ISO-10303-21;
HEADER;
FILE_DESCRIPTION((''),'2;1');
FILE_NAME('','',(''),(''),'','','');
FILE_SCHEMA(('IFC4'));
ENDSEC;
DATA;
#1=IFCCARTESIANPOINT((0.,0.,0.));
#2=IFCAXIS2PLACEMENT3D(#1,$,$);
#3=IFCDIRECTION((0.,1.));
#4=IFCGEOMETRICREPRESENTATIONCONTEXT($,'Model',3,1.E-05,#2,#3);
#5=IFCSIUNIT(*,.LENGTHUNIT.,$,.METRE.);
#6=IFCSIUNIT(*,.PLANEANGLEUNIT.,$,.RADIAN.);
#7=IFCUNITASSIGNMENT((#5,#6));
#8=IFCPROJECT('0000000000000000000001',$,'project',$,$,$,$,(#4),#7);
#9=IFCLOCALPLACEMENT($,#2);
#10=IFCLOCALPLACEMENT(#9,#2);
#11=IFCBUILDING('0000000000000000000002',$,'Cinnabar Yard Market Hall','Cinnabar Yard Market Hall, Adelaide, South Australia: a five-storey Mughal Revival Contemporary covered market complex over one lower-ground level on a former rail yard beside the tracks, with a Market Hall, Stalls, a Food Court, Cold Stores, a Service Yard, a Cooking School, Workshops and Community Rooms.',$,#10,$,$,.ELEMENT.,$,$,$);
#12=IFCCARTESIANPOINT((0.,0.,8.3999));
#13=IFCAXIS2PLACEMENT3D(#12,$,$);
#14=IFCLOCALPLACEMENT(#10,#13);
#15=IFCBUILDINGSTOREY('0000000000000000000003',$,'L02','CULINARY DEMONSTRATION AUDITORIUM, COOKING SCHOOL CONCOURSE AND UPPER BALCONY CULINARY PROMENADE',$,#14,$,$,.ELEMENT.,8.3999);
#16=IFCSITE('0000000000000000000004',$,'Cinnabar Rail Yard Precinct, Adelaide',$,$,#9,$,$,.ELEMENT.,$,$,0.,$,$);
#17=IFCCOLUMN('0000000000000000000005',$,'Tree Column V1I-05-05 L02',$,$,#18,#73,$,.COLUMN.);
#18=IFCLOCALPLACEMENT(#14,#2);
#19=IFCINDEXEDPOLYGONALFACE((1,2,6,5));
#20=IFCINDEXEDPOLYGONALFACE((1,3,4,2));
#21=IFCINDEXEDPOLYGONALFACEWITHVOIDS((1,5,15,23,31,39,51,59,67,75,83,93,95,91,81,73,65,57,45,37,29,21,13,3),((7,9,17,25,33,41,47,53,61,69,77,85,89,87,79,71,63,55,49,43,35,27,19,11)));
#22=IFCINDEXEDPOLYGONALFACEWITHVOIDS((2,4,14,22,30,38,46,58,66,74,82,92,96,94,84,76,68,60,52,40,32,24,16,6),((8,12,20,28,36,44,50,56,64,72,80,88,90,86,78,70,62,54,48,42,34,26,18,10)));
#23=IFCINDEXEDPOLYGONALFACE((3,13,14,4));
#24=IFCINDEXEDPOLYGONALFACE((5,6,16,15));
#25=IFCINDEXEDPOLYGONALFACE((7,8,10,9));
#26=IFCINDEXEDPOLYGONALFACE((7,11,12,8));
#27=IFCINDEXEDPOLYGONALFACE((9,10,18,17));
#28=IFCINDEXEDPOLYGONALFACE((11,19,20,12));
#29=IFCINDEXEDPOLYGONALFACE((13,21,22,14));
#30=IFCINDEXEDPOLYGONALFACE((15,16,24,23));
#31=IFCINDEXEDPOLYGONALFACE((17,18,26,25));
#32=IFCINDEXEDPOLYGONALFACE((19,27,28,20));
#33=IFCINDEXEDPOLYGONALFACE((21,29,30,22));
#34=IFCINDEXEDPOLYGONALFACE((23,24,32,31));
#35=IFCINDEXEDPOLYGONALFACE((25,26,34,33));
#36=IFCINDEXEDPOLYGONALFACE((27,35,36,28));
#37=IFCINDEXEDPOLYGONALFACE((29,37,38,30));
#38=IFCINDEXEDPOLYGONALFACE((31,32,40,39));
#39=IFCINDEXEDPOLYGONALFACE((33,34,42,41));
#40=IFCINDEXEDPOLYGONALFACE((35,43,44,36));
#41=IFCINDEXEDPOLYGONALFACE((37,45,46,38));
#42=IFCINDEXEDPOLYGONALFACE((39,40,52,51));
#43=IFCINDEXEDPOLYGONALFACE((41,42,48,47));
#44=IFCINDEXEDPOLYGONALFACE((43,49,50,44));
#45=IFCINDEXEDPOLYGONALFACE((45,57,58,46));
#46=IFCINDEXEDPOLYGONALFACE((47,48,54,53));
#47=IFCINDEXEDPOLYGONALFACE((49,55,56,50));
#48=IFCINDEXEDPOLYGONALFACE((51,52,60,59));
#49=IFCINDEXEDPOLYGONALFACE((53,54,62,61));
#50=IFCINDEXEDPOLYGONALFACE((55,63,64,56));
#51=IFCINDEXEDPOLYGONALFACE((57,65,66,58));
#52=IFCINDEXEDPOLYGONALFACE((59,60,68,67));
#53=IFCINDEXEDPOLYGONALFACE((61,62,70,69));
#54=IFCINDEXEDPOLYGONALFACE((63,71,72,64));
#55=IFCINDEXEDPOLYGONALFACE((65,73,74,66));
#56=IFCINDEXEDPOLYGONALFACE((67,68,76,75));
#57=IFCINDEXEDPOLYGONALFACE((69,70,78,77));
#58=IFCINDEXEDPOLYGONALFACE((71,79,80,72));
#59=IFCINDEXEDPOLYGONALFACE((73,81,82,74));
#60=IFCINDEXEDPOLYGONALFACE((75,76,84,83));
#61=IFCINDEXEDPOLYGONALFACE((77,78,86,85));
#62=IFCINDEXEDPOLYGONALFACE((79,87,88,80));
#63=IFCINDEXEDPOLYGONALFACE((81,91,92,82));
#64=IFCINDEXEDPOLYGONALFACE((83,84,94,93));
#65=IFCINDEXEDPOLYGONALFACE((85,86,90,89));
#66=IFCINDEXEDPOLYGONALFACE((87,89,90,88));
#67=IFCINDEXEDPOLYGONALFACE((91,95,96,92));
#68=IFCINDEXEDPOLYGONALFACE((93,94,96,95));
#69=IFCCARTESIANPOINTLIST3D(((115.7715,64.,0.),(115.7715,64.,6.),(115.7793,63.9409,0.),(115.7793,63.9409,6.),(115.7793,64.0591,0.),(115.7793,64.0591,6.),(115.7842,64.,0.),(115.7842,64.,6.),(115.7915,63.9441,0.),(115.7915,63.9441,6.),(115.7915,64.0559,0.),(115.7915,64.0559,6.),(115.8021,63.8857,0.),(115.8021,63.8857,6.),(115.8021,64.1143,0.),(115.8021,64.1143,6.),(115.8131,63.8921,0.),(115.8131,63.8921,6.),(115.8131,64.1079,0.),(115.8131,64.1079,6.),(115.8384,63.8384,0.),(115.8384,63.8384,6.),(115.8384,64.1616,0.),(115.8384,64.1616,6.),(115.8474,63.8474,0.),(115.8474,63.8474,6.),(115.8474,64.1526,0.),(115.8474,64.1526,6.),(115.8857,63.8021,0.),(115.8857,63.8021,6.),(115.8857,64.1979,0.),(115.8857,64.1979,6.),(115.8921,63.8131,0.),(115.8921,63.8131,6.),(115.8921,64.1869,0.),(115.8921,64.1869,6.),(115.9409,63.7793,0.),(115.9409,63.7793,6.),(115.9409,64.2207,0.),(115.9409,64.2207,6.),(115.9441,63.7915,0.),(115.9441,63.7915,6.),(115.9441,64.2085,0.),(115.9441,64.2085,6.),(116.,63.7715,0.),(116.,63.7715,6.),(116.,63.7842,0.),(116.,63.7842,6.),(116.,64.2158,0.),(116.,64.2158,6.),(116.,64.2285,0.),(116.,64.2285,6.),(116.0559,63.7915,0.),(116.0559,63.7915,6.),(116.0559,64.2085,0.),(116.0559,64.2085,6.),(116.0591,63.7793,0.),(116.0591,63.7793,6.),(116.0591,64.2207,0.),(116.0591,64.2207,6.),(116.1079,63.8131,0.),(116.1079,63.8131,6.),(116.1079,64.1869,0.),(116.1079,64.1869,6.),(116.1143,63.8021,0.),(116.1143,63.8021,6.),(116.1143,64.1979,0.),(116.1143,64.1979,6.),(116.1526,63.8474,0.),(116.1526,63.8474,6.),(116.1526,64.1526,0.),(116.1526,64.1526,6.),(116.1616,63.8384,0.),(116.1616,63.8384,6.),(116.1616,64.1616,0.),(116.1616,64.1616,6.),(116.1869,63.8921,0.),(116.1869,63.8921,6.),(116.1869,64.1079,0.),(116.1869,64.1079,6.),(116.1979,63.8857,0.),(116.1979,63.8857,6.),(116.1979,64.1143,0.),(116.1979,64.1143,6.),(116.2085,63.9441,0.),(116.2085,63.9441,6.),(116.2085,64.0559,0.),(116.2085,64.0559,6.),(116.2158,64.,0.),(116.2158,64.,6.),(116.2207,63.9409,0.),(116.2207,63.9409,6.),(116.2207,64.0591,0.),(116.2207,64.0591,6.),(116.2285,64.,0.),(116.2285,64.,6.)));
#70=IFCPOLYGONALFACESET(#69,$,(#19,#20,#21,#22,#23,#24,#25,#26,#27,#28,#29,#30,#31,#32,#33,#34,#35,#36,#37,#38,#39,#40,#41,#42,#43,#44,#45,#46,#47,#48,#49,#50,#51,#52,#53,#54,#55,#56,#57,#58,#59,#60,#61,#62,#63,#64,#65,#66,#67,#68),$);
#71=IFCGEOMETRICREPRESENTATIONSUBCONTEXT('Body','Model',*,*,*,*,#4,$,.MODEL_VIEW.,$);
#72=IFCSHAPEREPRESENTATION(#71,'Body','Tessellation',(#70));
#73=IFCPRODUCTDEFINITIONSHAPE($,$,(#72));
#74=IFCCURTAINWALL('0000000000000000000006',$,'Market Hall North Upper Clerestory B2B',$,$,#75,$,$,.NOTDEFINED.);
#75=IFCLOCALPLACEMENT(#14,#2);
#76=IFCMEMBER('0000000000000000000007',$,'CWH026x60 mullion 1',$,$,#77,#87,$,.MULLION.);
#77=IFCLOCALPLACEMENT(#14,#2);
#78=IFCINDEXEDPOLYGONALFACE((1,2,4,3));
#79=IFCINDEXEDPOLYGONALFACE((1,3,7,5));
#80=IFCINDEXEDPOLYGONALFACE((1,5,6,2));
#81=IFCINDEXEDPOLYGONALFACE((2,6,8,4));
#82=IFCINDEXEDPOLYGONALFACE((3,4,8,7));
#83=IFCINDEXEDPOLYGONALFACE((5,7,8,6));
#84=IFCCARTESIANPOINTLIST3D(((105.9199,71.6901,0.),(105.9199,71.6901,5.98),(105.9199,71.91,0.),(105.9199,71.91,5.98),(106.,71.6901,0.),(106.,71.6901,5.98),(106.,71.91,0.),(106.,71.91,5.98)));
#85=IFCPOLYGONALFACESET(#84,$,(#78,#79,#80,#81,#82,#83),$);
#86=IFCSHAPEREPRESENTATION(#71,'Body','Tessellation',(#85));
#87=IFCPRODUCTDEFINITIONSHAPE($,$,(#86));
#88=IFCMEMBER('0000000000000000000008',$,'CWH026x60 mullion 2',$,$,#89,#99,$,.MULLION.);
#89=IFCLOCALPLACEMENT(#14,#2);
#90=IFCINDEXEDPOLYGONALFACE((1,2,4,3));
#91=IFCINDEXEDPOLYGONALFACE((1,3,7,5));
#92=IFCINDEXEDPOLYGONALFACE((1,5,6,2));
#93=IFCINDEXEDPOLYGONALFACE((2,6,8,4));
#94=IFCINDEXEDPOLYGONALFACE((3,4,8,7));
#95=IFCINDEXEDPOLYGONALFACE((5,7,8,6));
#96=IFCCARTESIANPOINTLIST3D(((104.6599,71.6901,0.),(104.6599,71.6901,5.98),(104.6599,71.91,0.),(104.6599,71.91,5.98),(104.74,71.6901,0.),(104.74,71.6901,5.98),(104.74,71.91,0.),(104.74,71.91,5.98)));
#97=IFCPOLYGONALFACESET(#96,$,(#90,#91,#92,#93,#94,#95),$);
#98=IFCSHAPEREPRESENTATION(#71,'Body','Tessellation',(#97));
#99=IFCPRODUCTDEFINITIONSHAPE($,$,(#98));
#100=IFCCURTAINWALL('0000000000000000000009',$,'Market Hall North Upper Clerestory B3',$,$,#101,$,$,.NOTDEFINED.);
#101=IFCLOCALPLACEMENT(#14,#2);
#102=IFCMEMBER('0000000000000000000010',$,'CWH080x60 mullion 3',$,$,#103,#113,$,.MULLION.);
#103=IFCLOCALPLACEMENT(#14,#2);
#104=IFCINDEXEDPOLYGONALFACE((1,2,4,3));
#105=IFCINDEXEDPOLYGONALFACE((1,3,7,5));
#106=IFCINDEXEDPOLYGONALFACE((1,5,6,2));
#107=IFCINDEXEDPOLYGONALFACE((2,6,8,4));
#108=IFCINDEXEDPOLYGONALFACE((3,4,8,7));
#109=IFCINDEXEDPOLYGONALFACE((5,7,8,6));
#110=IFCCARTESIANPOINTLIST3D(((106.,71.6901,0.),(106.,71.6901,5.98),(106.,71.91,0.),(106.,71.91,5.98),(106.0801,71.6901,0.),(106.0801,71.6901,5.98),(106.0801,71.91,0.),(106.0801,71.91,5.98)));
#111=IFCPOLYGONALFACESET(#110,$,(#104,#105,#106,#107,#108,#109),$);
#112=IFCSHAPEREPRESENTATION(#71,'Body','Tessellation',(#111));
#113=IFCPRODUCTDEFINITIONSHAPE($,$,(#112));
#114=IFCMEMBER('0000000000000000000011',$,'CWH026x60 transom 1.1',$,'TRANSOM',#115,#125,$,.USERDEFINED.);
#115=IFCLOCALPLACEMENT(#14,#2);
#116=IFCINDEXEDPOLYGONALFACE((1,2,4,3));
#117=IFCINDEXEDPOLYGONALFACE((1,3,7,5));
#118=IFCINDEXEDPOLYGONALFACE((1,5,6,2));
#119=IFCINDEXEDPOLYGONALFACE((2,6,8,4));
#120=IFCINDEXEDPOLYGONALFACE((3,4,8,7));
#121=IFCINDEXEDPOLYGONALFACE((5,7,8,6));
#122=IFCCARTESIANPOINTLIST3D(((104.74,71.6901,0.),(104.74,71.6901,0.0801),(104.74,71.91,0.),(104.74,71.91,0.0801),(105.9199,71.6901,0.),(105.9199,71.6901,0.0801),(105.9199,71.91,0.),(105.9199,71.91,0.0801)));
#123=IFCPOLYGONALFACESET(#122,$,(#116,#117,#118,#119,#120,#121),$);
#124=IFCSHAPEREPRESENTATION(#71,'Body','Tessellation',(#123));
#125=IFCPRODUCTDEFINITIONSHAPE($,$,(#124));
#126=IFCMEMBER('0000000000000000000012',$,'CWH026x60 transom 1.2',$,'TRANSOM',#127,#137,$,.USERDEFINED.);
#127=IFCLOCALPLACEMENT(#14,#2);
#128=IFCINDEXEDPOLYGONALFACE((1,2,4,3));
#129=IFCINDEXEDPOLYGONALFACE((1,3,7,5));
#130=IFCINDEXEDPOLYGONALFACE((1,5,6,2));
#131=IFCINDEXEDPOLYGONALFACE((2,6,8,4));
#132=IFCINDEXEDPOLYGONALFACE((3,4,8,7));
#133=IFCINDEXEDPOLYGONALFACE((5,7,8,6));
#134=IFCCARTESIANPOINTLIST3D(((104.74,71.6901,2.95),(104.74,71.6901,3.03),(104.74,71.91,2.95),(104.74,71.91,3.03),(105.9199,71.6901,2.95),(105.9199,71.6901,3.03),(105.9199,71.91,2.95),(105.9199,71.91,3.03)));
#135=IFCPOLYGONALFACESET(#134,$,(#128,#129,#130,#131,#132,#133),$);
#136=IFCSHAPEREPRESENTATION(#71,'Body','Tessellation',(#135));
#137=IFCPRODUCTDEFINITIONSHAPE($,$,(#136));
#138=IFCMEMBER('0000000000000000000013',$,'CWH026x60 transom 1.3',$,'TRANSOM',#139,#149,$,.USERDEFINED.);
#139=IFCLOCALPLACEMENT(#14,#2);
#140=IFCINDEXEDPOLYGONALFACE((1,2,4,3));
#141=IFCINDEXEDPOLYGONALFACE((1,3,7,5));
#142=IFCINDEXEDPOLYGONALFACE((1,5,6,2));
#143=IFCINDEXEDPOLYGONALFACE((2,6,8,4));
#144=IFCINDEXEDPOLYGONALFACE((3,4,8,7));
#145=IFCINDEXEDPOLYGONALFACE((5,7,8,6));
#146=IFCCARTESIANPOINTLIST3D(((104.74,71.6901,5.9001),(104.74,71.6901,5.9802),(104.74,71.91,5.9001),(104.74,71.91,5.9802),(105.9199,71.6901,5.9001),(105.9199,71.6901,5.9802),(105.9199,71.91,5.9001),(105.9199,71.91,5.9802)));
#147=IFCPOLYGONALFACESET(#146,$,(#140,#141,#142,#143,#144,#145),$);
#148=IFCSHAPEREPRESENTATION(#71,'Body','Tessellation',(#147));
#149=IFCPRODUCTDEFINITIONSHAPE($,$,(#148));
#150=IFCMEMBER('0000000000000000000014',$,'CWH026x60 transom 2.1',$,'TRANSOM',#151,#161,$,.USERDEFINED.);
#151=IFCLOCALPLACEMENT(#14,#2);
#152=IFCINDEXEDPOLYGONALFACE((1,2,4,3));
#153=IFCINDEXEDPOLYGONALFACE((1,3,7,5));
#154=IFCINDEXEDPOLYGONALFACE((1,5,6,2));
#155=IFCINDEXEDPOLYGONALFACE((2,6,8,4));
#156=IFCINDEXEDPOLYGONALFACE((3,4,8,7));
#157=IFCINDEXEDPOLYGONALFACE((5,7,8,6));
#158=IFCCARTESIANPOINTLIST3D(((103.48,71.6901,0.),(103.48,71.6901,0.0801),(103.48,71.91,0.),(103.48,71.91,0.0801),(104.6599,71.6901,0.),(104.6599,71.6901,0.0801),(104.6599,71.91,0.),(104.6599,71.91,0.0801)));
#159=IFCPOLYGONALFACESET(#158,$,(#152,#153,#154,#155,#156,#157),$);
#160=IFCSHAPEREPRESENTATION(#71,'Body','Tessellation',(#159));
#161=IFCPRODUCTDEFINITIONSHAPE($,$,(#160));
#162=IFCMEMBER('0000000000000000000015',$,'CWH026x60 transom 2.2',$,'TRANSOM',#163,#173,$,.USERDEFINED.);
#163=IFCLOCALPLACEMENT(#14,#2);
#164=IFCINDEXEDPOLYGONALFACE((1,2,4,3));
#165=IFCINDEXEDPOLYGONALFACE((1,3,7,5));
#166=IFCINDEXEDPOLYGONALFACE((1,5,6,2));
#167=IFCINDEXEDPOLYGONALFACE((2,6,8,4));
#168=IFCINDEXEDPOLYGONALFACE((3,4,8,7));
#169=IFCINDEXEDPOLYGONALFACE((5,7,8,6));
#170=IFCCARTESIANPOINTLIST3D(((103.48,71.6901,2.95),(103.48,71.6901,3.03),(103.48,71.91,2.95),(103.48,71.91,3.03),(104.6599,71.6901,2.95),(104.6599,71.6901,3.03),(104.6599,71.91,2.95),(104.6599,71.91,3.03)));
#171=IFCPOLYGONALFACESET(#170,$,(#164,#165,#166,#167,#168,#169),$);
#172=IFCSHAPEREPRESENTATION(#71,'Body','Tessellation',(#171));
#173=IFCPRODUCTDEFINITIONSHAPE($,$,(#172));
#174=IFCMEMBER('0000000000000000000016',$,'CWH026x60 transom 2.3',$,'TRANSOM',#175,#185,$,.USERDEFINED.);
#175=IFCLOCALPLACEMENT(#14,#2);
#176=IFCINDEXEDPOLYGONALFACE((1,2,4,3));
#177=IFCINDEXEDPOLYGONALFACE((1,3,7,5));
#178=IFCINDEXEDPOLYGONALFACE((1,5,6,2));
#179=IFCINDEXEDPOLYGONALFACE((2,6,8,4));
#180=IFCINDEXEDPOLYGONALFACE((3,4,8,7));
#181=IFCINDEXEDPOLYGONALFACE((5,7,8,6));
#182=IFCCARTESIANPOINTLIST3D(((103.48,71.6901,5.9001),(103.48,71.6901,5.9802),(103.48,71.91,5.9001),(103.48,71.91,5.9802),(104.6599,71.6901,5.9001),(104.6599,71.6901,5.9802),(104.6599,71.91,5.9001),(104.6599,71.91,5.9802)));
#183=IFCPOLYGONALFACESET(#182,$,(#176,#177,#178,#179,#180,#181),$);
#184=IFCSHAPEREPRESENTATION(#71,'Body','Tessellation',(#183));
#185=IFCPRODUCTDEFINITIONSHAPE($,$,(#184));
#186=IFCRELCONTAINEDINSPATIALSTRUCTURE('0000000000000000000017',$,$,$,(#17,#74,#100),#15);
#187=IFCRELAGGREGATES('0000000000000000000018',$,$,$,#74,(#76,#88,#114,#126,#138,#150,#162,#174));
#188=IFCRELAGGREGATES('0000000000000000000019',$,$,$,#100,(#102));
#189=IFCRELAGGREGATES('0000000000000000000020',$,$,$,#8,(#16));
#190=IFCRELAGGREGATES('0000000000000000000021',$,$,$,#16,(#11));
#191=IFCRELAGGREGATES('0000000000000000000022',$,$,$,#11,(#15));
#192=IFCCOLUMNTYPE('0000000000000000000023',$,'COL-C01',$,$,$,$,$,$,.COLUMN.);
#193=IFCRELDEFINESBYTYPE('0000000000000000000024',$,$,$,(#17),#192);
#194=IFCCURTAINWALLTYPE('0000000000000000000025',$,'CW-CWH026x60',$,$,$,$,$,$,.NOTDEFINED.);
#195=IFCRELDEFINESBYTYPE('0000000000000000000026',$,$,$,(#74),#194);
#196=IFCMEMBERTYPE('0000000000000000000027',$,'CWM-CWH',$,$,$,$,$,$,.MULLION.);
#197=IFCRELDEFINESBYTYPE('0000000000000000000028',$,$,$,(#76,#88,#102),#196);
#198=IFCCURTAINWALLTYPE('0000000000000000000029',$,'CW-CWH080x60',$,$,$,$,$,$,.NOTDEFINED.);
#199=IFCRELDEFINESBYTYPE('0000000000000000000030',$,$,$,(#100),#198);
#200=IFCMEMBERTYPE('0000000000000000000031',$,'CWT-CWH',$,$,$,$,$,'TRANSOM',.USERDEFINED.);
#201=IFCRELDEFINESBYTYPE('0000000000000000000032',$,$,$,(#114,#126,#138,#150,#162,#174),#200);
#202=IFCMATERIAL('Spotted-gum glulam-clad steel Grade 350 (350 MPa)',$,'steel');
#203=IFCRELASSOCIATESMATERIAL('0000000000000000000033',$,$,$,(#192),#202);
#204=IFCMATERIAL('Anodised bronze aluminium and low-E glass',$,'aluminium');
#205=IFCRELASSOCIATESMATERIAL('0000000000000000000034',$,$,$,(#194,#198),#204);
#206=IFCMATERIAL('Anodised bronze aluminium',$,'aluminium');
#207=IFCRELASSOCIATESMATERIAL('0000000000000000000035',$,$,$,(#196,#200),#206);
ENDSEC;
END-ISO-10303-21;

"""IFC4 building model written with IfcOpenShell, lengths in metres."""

from ifc_helpers import new_model, si_unit, direction, frame, origin, origin_2d_with_axis, place, context, subcontext, project, spatial, rectangle, hollow_circle, extrude, material, material_profile, profile_set, type_object, element, aggregate, save


model = new_model("IFC4")

# Units and contexts
model_context = context("Model", 3, precision=1e-05, world=origin(), true_north=direction((0.0, 1.0)))
body_context = subcontext(model_context, "Body", "Model", "MODEL_VIEW")
ifc_project = project(units=[si_unit("LENGTHUNIT", "METRE"), si_unit("PLANEANGLEUNIT", "RADIAN")], contexts=[model_context])

# Site, building, storey
site_placement = place(None, origin())
site = spatial("IfcSite", under=ifc_project, at=site_placement, Name="Cinnabar Rail Yard Precinct, Adelaide", CompositionType="ELEMENT", RefElevation=0.0)
building_placement = place(site_placement, origin())
building = spatial("IfcBuilding", under=site, at=building_placement, Name="Cinnabar Yard Market Hall", Description="Cinnabar Yard Market Hall, Adelaide, South Australia: a five-storey Mughal Revival Contemporary covered market complex over one lower-ground level on a former rail yard beside the tracks, with a Market Hall, Stalls, a Food Court, Cold Stores, a Service Yard, a Cooking School, Workshops and Community Rooms.", CompositionType="ELEMENT")
storey_placement = place(building_placement, frame((0.0, 0.0, 8.3999)))
storey = spatial("IfcBuildingStorey", under=building, at=storey_placement, Name="L02", Description="CULINARY DEMONSTRATION AUDITORIUM, COOKING SCHOOL CONCOURSE AND UPPER BALCONY CULINARY PROMENADE", CompositionType="ELEMENT", Elevation=8.3999)

# Column
ifc_material_1 = material(Name="Spotted-gum glulam-clad steel Grade 350 (350 MPa)", Category="steel")
ifc_material_profile_1 = material_profile(ifc_material_1, hollow_circle(Radius=0.2285, WallThickness=0.0127, at=origin_2d_with_axis()), Name="457.0x12.7CHS")
ifc_profile_set_1 = profile_set([ifc_material_profile_1], Name="Spotted-gum glulam-clad steel Grade 350 (350 MPa)")
column_type = type_object("IfcColumnType", Name="COL-C01", PredefinedType="COLUMN", material=ifc_profile_set_1)
column_placement = place(storey_placement, frame((116.0, 64.0, 0.0), z_axis=(0.0, 0.0, 1.0), x_axis=(1.0, 0.0, 0.0)))
element("IfcColumn", 1, at=column_placement, inside=storey, type_object=column_type, Name="Tree Column V1I-05-05 L02", PredefinedType="COLUMN", context=body_context, shape_type="SweptSolid", body=[
    extrude(hollow_circle(Radius=0.2285, WallThickness=0.0127, at=origin_2d_with_axis()), origin(), (0.0, 0.0, 1.0), 6.0),
])

# Curtain wall, members
ifc_material_2 = material(Name="Anodised bronze aluminium and low-E glass", Category="aluminium")
curtain_wall_type_1 = type_object("IfcCurtainWallType", Name="CW-CWH026x60", PredefinedType="NOTDEFINED", material=ifc_material_2)
curtain_wall_1_placement = place(storey_placement, origin())
curtain_wall_1 = element("IfcCurtainWall", 2, at=curtain_wall_1_placement, inside=storey, type_object=curtain_wall_type_1, Name="Market Hall North Upper Clerestory B2B", PredefinedType="NOTDEFINED")
ifc_material_3 = material(Name="Anodised bronze aluminium", Category="aluminium")
ifc_material_profile_2 = material_profile(ifc_material_3, rectangle(XDim=0.22, YDim=0.0801, at=origin_2d_with_axis()), Name="MUL-CWH")
ifc_profile_set_2 = profile_set([ifc_material_profile_2], Name="Anodised bronze aluminium")
member_type_1 = type_object("IfcMemberType", Name="CWM-CWH", PredefinedType="MULLION", material=ifc_profile_set_2)
member_1_placement = place(storey_placement, frame((105.96, 71.8, 0.0), z_axis=(0.0, 0.0, 1.0), x_axis=(0.0, -1.0, 0.0)))
member_1 = element("IfcMember", 3, at=member_1_placement, type_object=member_type_1, Name="CWH026x60 mullion 1", PredefinedType="MULLION", context=body_context, shape_type="SweptSolid", body=[
    extrude(rectangle(XDim=0.22, YDim=0.0801, at=origin_2d_with_axis()), origin(), (0.0, 0.0, 1.0), 5.98),
])
member_2_placement = place(storey_placement, frame((104.7, 71.8, 0.0), z_axis=(0.0, 0.0, 1.0), x_axis=(0.0, -1.0, 0.0)))
member_2 = element("IfcMember", 4, at=member_2_placement, type_object=member_type_1, Name="CWH026x60 mullion 2", PredefinedType="MULLION", context=body_context, shape_type="SweptSolid", body=[
    extrude(rectangle(XDim=0.22, YDim=0.0801, at=origin_2d_with_axis()), origin(), (0.0, 0.0, 1.0), 5.98),
])

# Curtain wall, member
curtain_wall_type_2 = type_object("IfcCurtainWallType", Name="CW-CWH080x60", PredefinedType="NOTDEFINED", material=ifc_material_2)
curtain_wall_2_placement = place(storey_placement, origin())
curtain_wall_2 = element("IfcCurtainWall", 5, at=curtain_wall_2_placement, inside=storey, type_object=curtain_wall_type_2, Name="Market Hall North Upper Clerestory B3", PredefinedType="NOTDEFINED")
member_3_placement = place(storey_placement, frame((106.04, 71.8, 0.0), z_axis=(0.0, 0.0, 1.0), x_axis=(0.0, -1.0, 0.0)))
member_3 = element("IfcMember", 6, at=member_3_placement, type_object=member_type_1, Name="CWH080x60 mullion 3", PredefinedType="MULLION", context=body_context, shape_type="SweptSolid", body=[
    extrude(rectangle(XDim=0.22, YDim=0.0801, at=origin_2d_with_axis()), origin(), (0.0, 0.0, 1.0), 5.98),
])

# Members
ifc_material_profile_3 = material_profile(ifc_material_3, rectangle(XDim=0.22, YDim=0.0801, at=origin_2d_with_axis()), Name="TRN-CWH")
ifc_profile_set_3 = profile_set([ifc_material_profile_3], Name="Anodised bronze aluminium")
member_type_2 = type_object("IfcMemberType", Name="CWT-CWH", ElementType="TRANSOM", PredefinedType="USERDEFINED", material=ifc_profile_set_3)
member_4_placement = place(storey_placement, frame((105.9199, 71.8, 0.04), z_axis=(-1.0, 0.0, 0.0), x_axis=(0.0, -1.0, 0.0)))
member_4 = element("IfcMember", 7, at=member_4_placement, type_object=member_type_2, Name="CWH026x60 transom 1.1", ObjectType="TRANSOM", PredefinedType="USERDEFINED", context=body_context, shape_type="SweptSolid", body=[
    extrude(rectangle(XDim=0.22, YDim=0.0801, at=origin_2d_with_axis()), origin(), (0.0, 0.0, 1.0), 1.1799),
])
member_5_placement = place(storey_placement, frame((105.9199, 71.8, 2.99), z_axis=(-1.0, 0.0, 0.0), x_axis=(0.0, -1.0, 0.0)))
member_5 = element("IfcMember", 8, at=member_5_placement, type_object=member_type_2, Name="CWH026x60 transom 1.2", ObjectType="TRANSOM", PredefinedType="USERDEFINED", context=body_context, shape_type="SweptSolid", body=[
    extrude(rectangle(XDim=0.22, YDim=0.0801, at=origin_2d_with_axis()), origin(), (0.0, 0.0, 1.0), 1.1799),
])
member_6_placement = place(storey_placement, frame((105.9199, 71.8, 5.9402), z_axis=(-1.0, 0.0, 0.0), x_axis=(0.0, -1.0, 0.0)))
member_6 = element("IfcMember", 9, at=member_6_placement, type_object=member_type_2, Name="CWH026x60 transom 1.3", ObjectType="TRANSOM", PredefinedType="USERDEFINED", context=body_context, shape_type="SweptSolid", body=[
    extrude(rectangle(XDim=0.22, YDim=0.0801, at=origin_2d_with_axis()), origin(), (0.0, 0.0, 1.0), 1.1799),
])
member_7_placement = place(storey_placement, frame((104.6599, 71.8, 0.04), z_axis=(-1.0, 0.0, 0.0), x_axis=(0.0, -1.0, 0.0)))
member_7 = element("IfcMember", 10, at=member_7_placement, type_object=member_type_2, Name="CWH026x60 transom 2.1", ObjectType="TRANSOM", PredefinedType="USERDEFINED", context=body_context, shape_type="SweptSolid", body=[
    extrude(rectangle(XDim=0.22, YDim=0.0801, at=origin_2d_with_axis()), origin(), (0.0, 0.0, 1.0), 1.1799),
])
member_8_placement = place(storey_placement, frame((104.6599, 71.8, 2.99), z_axis=(-1.0, 0.0, 0.0), x_axis=(0.0, -1.0, 0.0)))
member_8 = element("IfcMember", 11, at=member_8_placement, type_object=member_type_2, Name="CWH026x60 transom 2.2", ObjectType="TRANSOM", PredefinedType="USERDEFINED", context=body_context, shape_type="SweptSolid", body=[
    extrude(rectangle(XDim=0.22, YDim=0.0801, at=origin_2d_with_axis()), origin(), (0.0, 0.0, 1.0), 1.1799),
])
member_9_placement = place(storey_placement, frame((104.6599, 71.8, 5.9402), z_axis=(-1.0, 0.0, 0.0), x_axis=(0.0, -1.0, 0.0)))
member_9 = element("IfcMember", 12, at=member_9_placement, type_object=member_type_2, Name="CWH026x60 transom 2.3", ObjectType="TRANSOM", PredefinedType="USERDEFINED", context=body_context, shape_type="SweptSolid", body=[
    extrude(rectangle(XDim=0.22, YDim=0.0801, at=origin_2d_with_axis()), origin(), (0.0, 0.0, 1.0), 1.1799),
])

aggregate(curtain_wall_1, [member_1, member_2, member_4, member_5, member_6, member_7, member_8, member_9])
aggregate(curtain_wall_2, [member_3])

save(model, "model.ifc")
